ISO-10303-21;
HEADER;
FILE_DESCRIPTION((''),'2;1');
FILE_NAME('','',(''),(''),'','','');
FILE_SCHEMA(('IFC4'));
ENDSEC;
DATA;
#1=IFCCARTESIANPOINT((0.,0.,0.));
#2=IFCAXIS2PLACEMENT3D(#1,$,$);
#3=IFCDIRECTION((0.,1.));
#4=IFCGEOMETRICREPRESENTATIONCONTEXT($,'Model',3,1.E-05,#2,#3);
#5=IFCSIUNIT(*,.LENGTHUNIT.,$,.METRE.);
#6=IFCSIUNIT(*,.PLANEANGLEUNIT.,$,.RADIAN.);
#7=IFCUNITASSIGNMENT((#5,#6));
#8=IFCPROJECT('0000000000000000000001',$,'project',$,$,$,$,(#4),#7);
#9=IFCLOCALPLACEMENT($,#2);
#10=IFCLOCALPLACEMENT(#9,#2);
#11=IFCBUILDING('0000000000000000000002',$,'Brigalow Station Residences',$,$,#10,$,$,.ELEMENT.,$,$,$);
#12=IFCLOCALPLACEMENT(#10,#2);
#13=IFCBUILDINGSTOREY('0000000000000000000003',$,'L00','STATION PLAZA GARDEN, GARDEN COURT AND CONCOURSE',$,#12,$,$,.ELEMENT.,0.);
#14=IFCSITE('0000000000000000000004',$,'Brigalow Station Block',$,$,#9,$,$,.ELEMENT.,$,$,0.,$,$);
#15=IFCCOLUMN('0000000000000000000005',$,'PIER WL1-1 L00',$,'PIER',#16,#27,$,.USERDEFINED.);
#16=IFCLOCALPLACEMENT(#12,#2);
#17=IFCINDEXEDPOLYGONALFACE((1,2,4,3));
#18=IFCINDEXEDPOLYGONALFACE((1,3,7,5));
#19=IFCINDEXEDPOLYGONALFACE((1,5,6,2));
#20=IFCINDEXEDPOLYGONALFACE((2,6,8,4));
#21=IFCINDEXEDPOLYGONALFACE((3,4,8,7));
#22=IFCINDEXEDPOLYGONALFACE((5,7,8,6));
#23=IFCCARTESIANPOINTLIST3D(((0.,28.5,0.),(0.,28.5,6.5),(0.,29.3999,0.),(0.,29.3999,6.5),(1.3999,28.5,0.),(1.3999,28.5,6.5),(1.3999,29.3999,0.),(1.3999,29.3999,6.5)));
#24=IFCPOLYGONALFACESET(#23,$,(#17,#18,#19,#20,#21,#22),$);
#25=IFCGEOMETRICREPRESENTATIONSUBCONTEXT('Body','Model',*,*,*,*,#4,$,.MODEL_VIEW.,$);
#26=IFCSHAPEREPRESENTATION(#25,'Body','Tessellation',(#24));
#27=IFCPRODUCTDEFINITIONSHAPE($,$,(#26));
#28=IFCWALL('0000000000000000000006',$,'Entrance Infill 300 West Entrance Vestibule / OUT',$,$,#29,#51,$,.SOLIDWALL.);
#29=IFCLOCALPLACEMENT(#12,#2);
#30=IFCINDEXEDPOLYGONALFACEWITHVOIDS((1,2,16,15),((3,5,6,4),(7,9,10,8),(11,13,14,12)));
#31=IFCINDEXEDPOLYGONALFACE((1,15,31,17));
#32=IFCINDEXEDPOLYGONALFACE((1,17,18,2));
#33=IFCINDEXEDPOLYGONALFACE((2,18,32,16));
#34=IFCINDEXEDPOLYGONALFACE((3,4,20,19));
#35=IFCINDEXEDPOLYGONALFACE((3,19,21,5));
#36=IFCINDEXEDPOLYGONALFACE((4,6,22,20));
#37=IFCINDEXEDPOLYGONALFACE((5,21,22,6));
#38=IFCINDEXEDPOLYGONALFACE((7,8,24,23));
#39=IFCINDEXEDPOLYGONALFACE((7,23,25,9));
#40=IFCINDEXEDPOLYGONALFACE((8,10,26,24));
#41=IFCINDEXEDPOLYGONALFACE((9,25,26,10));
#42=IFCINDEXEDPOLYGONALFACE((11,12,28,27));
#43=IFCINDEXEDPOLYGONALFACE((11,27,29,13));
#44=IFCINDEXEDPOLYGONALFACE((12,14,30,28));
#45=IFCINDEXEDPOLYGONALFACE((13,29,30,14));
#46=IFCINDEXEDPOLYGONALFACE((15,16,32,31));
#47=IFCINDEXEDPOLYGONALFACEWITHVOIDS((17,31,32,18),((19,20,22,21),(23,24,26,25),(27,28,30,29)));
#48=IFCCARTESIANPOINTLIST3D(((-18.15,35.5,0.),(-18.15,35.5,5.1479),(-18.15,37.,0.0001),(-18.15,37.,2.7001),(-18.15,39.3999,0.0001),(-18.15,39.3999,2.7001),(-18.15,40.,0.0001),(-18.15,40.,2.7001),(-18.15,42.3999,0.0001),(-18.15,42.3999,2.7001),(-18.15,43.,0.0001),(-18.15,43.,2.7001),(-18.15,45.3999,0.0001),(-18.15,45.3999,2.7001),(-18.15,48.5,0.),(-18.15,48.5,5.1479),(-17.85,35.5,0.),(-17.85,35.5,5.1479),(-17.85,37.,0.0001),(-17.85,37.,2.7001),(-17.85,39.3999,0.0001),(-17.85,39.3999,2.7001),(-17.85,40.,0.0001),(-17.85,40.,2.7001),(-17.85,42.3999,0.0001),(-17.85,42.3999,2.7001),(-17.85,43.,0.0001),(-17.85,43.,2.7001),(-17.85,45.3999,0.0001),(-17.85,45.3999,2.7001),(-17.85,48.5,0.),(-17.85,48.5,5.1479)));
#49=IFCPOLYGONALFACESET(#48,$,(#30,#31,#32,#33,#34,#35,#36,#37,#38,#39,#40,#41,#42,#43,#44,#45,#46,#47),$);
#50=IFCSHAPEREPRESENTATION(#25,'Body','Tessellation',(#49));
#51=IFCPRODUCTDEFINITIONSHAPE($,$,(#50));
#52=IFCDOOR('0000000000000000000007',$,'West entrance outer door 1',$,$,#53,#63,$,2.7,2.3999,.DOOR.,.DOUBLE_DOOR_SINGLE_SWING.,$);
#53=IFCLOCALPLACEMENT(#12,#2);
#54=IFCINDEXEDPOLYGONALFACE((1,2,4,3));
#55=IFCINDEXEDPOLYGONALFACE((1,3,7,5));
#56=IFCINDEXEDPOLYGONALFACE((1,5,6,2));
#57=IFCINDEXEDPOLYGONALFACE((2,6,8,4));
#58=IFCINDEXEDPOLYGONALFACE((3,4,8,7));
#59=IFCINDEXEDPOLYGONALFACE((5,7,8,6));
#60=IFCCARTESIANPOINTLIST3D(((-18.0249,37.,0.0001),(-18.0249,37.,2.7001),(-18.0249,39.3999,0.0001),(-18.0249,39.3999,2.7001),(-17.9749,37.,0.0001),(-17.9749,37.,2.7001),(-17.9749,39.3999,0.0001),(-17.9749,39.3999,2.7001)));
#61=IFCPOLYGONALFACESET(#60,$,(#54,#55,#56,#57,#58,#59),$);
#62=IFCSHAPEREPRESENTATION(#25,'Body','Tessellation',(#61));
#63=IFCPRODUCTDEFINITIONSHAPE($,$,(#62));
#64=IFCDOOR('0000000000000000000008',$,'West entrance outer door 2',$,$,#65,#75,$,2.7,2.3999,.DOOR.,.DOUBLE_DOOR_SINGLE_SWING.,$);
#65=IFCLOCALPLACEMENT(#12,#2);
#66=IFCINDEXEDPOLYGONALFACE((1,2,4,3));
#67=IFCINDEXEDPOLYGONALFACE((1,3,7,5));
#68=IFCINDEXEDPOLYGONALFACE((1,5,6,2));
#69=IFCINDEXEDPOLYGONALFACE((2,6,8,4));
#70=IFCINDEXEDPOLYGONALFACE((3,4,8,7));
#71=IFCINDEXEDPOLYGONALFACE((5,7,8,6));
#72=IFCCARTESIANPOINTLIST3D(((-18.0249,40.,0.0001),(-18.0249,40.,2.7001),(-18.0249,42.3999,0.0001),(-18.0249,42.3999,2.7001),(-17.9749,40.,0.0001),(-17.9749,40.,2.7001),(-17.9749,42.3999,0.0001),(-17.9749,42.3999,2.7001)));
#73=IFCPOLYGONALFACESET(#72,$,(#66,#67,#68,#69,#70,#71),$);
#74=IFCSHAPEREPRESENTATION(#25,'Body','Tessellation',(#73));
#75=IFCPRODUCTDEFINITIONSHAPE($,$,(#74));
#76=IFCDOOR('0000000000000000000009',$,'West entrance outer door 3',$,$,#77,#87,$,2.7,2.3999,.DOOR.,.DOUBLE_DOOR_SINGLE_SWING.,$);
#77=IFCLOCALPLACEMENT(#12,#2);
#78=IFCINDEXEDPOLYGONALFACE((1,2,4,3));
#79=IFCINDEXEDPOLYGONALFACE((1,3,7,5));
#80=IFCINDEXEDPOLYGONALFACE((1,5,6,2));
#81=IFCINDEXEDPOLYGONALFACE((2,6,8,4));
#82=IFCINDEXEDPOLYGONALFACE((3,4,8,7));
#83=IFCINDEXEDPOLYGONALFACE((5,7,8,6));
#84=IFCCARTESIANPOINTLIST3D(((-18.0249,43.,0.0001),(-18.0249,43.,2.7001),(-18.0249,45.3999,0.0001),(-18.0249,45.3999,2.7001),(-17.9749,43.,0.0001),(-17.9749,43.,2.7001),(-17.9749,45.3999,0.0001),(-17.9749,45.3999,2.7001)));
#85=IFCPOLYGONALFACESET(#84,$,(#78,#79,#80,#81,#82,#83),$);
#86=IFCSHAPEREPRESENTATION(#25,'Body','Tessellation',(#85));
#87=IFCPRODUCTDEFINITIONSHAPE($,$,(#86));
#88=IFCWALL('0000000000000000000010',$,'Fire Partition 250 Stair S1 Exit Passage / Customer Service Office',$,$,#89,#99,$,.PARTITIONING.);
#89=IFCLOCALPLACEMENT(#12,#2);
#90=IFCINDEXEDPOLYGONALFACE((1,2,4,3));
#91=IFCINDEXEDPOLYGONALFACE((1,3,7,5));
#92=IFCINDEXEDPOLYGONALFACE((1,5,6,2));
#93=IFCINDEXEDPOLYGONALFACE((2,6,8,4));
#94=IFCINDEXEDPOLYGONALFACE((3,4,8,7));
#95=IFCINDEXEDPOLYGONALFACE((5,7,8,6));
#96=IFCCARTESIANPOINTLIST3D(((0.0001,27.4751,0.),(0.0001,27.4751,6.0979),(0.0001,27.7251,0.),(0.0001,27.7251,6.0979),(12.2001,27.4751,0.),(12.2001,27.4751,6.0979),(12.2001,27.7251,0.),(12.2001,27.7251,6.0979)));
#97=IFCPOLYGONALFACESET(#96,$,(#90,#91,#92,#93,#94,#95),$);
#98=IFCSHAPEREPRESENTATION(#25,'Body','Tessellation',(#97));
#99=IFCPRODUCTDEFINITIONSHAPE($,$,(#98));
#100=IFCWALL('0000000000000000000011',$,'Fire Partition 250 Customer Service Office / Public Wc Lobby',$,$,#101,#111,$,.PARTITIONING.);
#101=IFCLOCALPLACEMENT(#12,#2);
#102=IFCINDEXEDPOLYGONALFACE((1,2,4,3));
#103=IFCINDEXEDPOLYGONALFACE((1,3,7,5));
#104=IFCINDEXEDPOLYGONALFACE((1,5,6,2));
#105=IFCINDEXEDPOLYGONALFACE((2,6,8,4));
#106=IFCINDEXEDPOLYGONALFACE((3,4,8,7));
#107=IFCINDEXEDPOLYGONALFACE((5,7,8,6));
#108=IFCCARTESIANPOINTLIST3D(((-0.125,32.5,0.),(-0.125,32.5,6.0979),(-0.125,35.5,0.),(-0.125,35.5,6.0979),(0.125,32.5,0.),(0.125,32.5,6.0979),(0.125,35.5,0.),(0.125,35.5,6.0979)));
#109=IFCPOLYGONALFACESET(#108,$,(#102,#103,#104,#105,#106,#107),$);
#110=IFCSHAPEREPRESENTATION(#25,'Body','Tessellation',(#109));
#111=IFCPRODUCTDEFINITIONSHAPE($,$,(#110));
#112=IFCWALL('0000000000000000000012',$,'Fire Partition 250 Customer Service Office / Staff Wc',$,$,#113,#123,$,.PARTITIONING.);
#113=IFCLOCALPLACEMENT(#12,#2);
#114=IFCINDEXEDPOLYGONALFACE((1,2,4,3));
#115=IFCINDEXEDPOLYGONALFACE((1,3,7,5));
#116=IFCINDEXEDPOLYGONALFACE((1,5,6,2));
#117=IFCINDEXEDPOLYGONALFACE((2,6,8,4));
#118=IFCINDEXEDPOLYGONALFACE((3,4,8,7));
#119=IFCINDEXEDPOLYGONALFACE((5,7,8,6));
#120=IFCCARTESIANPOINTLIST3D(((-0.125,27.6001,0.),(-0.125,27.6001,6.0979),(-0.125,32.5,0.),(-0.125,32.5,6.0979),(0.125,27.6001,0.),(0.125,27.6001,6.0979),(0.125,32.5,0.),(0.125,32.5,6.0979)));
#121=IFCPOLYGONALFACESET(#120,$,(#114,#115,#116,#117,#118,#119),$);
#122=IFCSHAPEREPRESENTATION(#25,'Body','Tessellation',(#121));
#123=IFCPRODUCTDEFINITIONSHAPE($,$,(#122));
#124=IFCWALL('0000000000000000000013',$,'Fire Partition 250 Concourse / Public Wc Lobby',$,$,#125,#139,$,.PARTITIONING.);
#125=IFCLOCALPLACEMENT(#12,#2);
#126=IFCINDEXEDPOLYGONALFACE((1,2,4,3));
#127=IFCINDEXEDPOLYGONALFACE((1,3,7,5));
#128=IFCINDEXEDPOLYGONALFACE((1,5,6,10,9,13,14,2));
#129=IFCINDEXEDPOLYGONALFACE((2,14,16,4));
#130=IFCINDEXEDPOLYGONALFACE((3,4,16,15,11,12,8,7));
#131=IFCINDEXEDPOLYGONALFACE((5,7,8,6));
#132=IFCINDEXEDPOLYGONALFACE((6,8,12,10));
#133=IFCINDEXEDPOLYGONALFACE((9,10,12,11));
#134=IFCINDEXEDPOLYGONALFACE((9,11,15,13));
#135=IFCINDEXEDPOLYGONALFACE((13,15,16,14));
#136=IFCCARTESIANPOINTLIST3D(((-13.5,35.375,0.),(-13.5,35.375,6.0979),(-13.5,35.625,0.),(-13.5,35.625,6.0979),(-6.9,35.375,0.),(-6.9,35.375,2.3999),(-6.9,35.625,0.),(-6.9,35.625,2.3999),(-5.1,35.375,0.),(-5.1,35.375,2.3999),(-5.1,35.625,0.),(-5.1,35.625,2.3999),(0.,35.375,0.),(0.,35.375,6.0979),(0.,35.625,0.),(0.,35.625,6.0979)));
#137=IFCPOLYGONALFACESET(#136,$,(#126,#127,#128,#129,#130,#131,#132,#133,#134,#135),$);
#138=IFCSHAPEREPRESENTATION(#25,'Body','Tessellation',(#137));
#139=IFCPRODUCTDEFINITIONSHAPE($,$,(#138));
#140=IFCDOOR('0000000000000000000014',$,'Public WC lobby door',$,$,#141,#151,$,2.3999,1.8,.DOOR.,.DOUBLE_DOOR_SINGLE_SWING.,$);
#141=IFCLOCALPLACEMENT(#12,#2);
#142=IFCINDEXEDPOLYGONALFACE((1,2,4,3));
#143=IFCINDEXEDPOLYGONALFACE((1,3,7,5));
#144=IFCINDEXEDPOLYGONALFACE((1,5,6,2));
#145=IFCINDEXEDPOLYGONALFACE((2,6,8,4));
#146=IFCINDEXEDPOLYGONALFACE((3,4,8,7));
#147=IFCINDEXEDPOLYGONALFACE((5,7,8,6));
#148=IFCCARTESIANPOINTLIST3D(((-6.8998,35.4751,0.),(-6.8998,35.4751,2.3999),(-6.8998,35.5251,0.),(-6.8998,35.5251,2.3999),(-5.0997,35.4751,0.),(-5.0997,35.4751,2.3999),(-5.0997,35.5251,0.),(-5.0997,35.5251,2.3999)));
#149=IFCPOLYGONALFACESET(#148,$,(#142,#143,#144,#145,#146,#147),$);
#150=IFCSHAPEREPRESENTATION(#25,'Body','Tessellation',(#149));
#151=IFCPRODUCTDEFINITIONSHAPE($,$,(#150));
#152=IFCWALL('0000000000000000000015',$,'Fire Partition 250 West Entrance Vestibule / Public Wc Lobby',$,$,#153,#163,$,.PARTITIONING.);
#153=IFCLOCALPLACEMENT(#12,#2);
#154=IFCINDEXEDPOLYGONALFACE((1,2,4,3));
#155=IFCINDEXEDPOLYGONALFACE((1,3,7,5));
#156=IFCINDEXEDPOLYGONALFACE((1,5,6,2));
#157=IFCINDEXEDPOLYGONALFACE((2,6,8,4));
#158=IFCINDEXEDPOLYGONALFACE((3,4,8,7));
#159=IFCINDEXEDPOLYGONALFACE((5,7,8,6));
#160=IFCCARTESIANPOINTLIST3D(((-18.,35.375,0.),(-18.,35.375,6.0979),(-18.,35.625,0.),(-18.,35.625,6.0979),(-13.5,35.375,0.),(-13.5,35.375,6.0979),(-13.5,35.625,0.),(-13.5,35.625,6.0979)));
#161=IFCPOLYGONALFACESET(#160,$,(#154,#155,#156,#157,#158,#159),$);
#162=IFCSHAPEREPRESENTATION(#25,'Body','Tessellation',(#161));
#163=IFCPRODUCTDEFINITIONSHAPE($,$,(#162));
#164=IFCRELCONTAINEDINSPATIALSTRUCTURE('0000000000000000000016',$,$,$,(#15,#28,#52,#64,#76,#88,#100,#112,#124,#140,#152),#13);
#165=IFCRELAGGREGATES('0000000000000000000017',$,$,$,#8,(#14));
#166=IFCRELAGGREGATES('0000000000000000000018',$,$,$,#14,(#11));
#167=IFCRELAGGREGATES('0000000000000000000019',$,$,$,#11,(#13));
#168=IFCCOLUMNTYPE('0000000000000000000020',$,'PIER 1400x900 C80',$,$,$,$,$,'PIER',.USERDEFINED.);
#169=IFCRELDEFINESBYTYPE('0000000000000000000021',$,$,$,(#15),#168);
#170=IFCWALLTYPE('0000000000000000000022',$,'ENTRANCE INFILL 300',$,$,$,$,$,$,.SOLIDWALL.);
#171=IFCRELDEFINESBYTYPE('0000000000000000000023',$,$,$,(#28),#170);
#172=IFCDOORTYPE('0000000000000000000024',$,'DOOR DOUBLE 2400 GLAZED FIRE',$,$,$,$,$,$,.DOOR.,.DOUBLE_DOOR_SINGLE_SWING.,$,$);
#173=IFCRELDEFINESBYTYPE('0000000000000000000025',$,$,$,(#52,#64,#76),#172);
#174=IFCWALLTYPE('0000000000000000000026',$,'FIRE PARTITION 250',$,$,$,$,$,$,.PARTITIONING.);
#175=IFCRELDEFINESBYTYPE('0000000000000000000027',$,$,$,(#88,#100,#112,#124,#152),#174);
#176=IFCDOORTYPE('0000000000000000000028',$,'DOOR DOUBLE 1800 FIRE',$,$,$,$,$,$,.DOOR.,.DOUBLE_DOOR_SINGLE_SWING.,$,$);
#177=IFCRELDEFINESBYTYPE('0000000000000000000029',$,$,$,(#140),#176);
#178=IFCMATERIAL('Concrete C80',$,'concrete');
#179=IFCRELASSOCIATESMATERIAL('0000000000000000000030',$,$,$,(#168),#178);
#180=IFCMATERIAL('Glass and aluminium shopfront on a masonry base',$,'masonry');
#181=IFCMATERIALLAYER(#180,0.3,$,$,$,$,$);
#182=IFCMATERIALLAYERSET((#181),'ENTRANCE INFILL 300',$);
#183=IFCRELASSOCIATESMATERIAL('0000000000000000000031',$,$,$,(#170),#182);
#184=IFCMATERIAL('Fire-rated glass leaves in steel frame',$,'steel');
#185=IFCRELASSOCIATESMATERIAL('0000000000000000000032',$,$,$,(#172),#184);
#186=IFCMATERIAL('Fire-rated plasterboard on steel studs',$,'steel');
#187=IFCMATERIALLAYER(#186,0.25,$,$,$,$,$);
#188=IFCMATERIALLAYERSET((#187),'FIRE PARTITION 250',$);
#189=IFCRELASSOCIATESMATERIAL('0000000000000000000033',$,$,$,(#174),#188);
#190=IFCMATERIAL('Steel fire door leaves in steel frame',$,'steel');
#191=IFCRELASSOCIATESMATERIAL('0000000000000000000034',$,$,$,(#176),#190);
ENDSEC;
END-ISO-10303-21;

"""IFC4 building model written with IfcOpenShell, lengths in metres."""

from ifc_helpers import new_model, si_unit, direction, frame, frame_2d, origin, origin_2d, place, context, subcontext, project, spatial, rectangle, extrude, material, layer, layer_set, material_profile, profile_set, type_object, element, fill, save


model = new_model("IFC4")

# Units and contexts
model_context = context("Model", 3, precision=1e-05, world=origin(), true_north=direction((0.0, 1.0)))
body_context = subcontext(model_context, "Body", "Model", "MODEL_VIEW")
ifc_project = project(units=[si_unit("LENGTHUNIT", "METRE"), si_unit("PLANEANGLEUNIT", "RADIAN")], contexts=[model_context])

# Site, building, storey
site_placement = place(None, origin())
site = spatial("IfcSite", under=ifc_project, at=site_placement, Name="Brigalow Station Block", CompositionType="ELEMENT", RefElevation=0.0)
building_placement = place(site_placement, origin())
building = spatial("IfcBuilding", under=site, at=building_placement, Name="Brigalow Station Residences", CompositionType="ELEMENT")
storey_placement = place(building_placement, origin())
storey = spatial("IfcBuildingStorey", under=building, at=storey_placement, Name="L00", Description="STATION PLAZA GARDEN, GARDEN COURT AND CONCOURSE", CompositionType="ELEMENT", Elevation=0.0)

# Column
ifc_material_1 = material(Name="Concrete C80", Category="concrete")
ifc_material_profile = material_profile(ifc_material_1, rectangle(XDim=1.3999, YDim=0.8999, at=origin_2d()), Name="RC1400x900")
ifc_profile_set = profile_set([ifc_material_profile], Name="Concrete C80")
column_type = type_object("IfcColumnType", Name="PIER 1400x900 C80", ElementType="PIER", PredefinedType="USERDEFINED", material=ifc_profile_set)
column_placement = place(storey_placement, frame((0.7, 28.95, 0.0), z_axis=(0.0, 0.0, 1.0), x_axis=(1.0, 0.0, 0.0)))
element("IfcColumn", 1, at=column_placement, inside=storey, type_object=column_type, Name="PIER WL1-1 L00", ObjectType="PIER", PredefinedType="USERDEFINED", context=body_context, shape_type="SweptSolid", body=[
    extrude(rectangle(XDim=1.3999, YDim=0.8999, at=origin_2d()), origin(), (0.0, 0.0, 1.0), 6.5),
])

# Wall, openings, doors
ifc_material_2 = material(Name="Glass and aluminium shopfront on a masonry base", Category="masonry")
ifc_layer_1 = layer(ifc_material_2, 0.3)
ifc_layer_set_1 = layer_set([ifc_layer_1], Name="ENTRANCE INFILL 300")
wall_type_1 = type_object("IfcWallType", Name="ENTRANCE INFILL 300", PredefinedType="SOLIDWALL", material=ifc_layer_set_1)
wall_1_placement = place(storey_placement, frame((-18.0, 35.5, 0.0), z_axis=(0.0, 0.0, 1.0), x_axis=(0.0, 1.0, 0.0)))
wall_1 = element("IfcWall", 2, at=wall_1_placement, inside=storey, type_object=wall_type_1, Name="Entrance Infill 300 West Entrance Vestibule / OUT", PredefinedType="SOLIDWALL", context=body_context, shape_type="SweptSolid", body=[
    extrude(rectangle(XDim=13.0, YDim=0.3, at=frame_2d((6.5, 0.0))), origin(), (0.0, 0.0, 1.0), 5.1479),
])
opening_1_placement = place(wall_1_placement, frame((1.5, 0.0, 0.0)))
opening_1 = element("IfcOpeningElement", 3, at=opening_1_placement, cuts=wall_1, PredefinedType="OPENING", context=body_context, shape_type="SweptSolid", body=[
    extrude(rectangle(XDim=2.3999, YDim=2.7, at=frame_2d((1.2, 1.3501))), frame((0.0, 0.1602, 0.0), z_axis=(0.0, -1.0, 0.0), x_axis=(1.0, 0.0, 0.0)), (0.0, 0.0, 1.0), 0.3201),
])
opening_2_placement = place(wall_1_placement, frame((4.5, 0.0, 0.0)))
opening_2 = element("IfcOpeningElement", 4, at=opening_2_placement, cuts=wall_1, PredefinedType="OPENING", context=body_context, shape_type="SweptSolid", body=[
    extrude(rectangle(XDim=2.3999, YDim=2.7, at=frame_2d((1.2, 1.3501))), frame((0.0, 0.1602, 0.0), z_axis=(0.0, -1.0, 0.0), x_axis=(1.0, 0.0, 0.0)), (0.0, 0.0, 1.0), 0.3201),
])
opening_3_placement = place(wall_1_placement, frame((7.5, 0.0, 0.0)))
opening_3 = element("IfcOpeningElement", 5, at=opening_3_placement, cuts=wall_1, PredefinedType="OPENING", context=body_context, shape_type="SweptSolid", body=[
    extrude(rectangle(XDim=2.3999, YDim=2.7, at=frame_2d((1.2, 1.3501))), frame((0.0, 0.1602, 0.0), z_axis=(0.0, -1.0, 0.0), x_axis=(1.0, 0.0, 0.0)), (0.0, 0.0, 1.0), 0.3201),
])
ifc_material_3 = material(Name="Fire-rated glass leaves in steel frame", Category="steel")
door_type_1 = type_object("IfcDoorType", Name="DOOR DOUBLE 2400 GLAZED FIRE", OperationType="DOUBLE_DOOR_SINGLE_SWING", PredefinedType="DOOR", material=ifc_material_3)
door_1_placement = place(opening_1_placement, origin())
door_1 = element("IfcDoor", 6, at=door_1_placement, inside=storey, type_object=door_type_1, Name="West entrance outer door 1", OperationType="DOUBLE_DOOR_SINGLE_SWING", OverallHeight=2.7, OverallWidth=2.3999, PredefinedType="DOOR", context=body_context, shape_type="SweptSolid", body=[
    extrude(rectangle(XDim=2.3999, YDim=2.7, at=frame_2d((1.2, 1.3501))), frame((0.0, 0.0249, 0.0), z_axis=(0.0, -1.0, 0.0), x_axis=(1.0, 0.0, 0.0)), (0.0, 0.0, 1.0), 0.05),
])
fill(opening_1, door_1)
door_2_placement = place(opening_2_placement, origin())
door_2 = element("IfcDoor", 7, at=door_2_placement, inside=storey, type_object=door_type_1, Name="West entrance outer door 2", OperationType="DOUBLE_DOOR_SINGLE_SWING", OverallHeight=2.7, OverallWidth=2.3999, PredefinedType="DOOR", context=body_context, shape_type="SweptSolid", body=[
    extrude(rectangle(XDim=2.3999, YDim=2.7, at=frame_2d((1.2, 1.3501))), frame((0.0, 0.0249, 0.0), z_axis=(0.0, -1.0, 0.0), x_axis=(1.0, 0.0, 0.0)), (0.0, 0.0, 1.0), 0.05),
])
fill(opening_2, door_2)
door_3_placement = place(opening_3_placement, origin())
door_3 = element("IfcDoor", 8, at=door_3_placement, inside=storey, type_object=door_type_1, Name="West entrance outer door 3", OperationType="DOUBLE_DOOR_SINGLE_SWING", OverallHeight=2.7, OverallWidth=2.3999, PredefinedType="DOOR", context=body_context, shape_type="SweptSolid", body=[
    extrude(rectangle(XDim=2.3999, YDim=2.7, at=frame_2d((1.2, 1.3501))), frame((0.0, 0.0249, 0.0), z_axis=(0.0, -1.0, 0.0), x_axis=(1.0, 0.0, 0.0)), (0.0, 0.0, 1.0), 0.05),
])
fill(opening_3, door_3)

# Walls
ifc_material_4 = material(Name="Fire-rated plasterboard on steel studs", Category="steel")
ifc_layer_2 = layer(ifc_material_4, 0.25)
ifc_layer_set_2 = layer_set([ifc_layer_2], Name="FIRE PARTITION 250")
wall_type_2 = type_object("IfcWallType", Name="FIRE PARTITION 250", PredefinedType="PARTITIONING", material=ifc_layer_set_2)
wall_2_placement = place(storey_placement, frame((0.0, 27.6001, 0.0), z_axis=(0.0, 0.0, 1.0), x_axis=(1.0, 0.0, 0.0)))
element("IfcWall", 9, at=wall_2_placement, inside=storey, type_object=wall_type_2, Name="Fire Partition 250 Stair S1 Exit Passage / Customer Service Office", PredefinedType="PARTITIONING", context=body_context, shape_type="SweptSolid", body=[
    extrude(rectangle(XDim=12.2, YDim=0.25, at=frame_2d((6.1001, 0.0))), origin(), (0.0, 0.0, 1.0), 6.0979),
])
wall_3_placement = place(storey_placement, frame((0.0, 32.5, 0.0), z_axis=(0.0, 0.0, 1.0), x_axis=(0.0, 1.0, 0.0)))
element("IfcWall", 10, at=wall_3_placement, inside=storey, type_object=wall_type_2, Name="Fire Partition 250 Customer Service Office / Public Wc Lobby", PredefinedType="PARTITIONING", context=body_context, shape_type="SweptSolid", body=[
    extrude(rectangle(XDim=3.0, YDim=0.25, at=frame_2d((1.5, 0.0))), origin(), (0.0, 0.0, 1.0), 6.0979),
])
wall_4_placement = place(storey_placement, frame((0.0, 27.6001, 0.0), z_axis=(0.0, 0.0, 1.0), x_axis=(0.0, 1.0, 0.0)))
element("IfcWall", 11, at=wall_4_placement, inside=storey, type_object=wall_type_2, Name="Fire Partition 250 Customer Service Office / Staff Wc", PredefinedType="PARTITIONING", context=body_context, shape_type="SweptSolid", body=[
    extrude(rectangle(XDim=4.8999, YDim=0.25, at=frame_2d((2.45, 0.0))), origin(), (0.0, 0.0, 1.0), 6.0979),
])

# Wall, opening, door
wall_5_placement = place(storey_placement, frame((-13.5, 35.5, 0.0), z_axis=(0.0, 0.0, 1.0), x_axis=(1.0, 0.0, 0.0)))
wall_5 = element("IfcWall", 12, at=wall_5_placement, inside=storey, type_object=wall_type_2, Name="Fire Partition 250 Concourse / Public Wc Lobby", PredefinedType="PARTITIONING", context=body_context, shape_type="SweptSolid", body=[
    extrude(rectangle(XDim=13.5, YDim=0.25, at=frame_2d((6.75, 0.0))), origin(), (0.0, 0.0, 1.0), 6.0979),
])
opening_4_placement = place(wall_5_placement, frame((6.6001, 0.0, 0.0)))
opening_4 = element("IfcOpeningElement", 13, at=opening_4_placement, cuts=wall_5, PredefinedType="OPENING", context=body_context, shape_type="SweptSolid", body=[
    extrude(rectangle(XDim=1.8, YDim=2.3999, at=frame_2d((0.8999, 1.2))), frame((0.0, 0.135, 0.0), z_axis=(0.0, -1.0, 0.0), x_axis=(1.0, 0.0, 0.0)), (0.0, 0.0, 1.0), 0.27),
])
ifc_material_5 = material(Name="Steel fire door leaves in steel frame", Category="steel")
door_type_2 = type_object("IfcDoorType", Name="DOOR DOUBLE 1800 FIRE", OperationType="DOUBLE_DOOR_SINGLE_SWING", PredefinedType="DOOR", material=ifc_material_5)
door_4_placement = place(opening_4_placement, frame((1.8, 0.0, 0.0), z_axis=(0.0, 0.0, 1.0), x_axis=(-1.0, 0.0, 0.0)))
door_4 = element("IfcDoor", 14, at=door_4_placement, inside=storey, type_object=door_type_2, Name="Public WC lobby door", OperationType="DOUBLE_DOOR_SINGLE_SWING", OverallHeight=2.3999, OverallWidth=1.8, PredefinedType="DOOR", context=body_context, shape_type="SweptSolid", body=[
    extrude(rectangle(XDim=1.8, YDim=2.3999, at=frame_2d((0.8999, 1.2))), frame((0.0, 0.0249, 0.0), z_axis=(0.0, -1.0, 0.0), x_axis=(1.0, 0.0, 0.0)), (0.0, 0.0, 1.0), 0.05),
])
fill(opening_4, door_4)

# Wall
wall_6_placement = place(storey_placement, frame((-18.0, 35.5, 0.0), z_axis=(0.0, 0.0, 1.0), x_axis=(1.0, 0.0, 0.0)))
element("IfcWall", 15, at=wall_6_placement, inside=storey, type_object=wall_type_2, Name="Fire Partition 250 West Entrance Vestibule / Public Wc Lobby", PredefinedType="PARTITIONING", context=body_context, shape_type="SweptSolid", body=[
    extrude(rectangle(XDim=4.5, YDim=0.25, at=frame_2d((2.25, 0.0))), origin(), (0.0, 0.0, 1.0), 6.0979),
])

save(model, "model.ifc")
